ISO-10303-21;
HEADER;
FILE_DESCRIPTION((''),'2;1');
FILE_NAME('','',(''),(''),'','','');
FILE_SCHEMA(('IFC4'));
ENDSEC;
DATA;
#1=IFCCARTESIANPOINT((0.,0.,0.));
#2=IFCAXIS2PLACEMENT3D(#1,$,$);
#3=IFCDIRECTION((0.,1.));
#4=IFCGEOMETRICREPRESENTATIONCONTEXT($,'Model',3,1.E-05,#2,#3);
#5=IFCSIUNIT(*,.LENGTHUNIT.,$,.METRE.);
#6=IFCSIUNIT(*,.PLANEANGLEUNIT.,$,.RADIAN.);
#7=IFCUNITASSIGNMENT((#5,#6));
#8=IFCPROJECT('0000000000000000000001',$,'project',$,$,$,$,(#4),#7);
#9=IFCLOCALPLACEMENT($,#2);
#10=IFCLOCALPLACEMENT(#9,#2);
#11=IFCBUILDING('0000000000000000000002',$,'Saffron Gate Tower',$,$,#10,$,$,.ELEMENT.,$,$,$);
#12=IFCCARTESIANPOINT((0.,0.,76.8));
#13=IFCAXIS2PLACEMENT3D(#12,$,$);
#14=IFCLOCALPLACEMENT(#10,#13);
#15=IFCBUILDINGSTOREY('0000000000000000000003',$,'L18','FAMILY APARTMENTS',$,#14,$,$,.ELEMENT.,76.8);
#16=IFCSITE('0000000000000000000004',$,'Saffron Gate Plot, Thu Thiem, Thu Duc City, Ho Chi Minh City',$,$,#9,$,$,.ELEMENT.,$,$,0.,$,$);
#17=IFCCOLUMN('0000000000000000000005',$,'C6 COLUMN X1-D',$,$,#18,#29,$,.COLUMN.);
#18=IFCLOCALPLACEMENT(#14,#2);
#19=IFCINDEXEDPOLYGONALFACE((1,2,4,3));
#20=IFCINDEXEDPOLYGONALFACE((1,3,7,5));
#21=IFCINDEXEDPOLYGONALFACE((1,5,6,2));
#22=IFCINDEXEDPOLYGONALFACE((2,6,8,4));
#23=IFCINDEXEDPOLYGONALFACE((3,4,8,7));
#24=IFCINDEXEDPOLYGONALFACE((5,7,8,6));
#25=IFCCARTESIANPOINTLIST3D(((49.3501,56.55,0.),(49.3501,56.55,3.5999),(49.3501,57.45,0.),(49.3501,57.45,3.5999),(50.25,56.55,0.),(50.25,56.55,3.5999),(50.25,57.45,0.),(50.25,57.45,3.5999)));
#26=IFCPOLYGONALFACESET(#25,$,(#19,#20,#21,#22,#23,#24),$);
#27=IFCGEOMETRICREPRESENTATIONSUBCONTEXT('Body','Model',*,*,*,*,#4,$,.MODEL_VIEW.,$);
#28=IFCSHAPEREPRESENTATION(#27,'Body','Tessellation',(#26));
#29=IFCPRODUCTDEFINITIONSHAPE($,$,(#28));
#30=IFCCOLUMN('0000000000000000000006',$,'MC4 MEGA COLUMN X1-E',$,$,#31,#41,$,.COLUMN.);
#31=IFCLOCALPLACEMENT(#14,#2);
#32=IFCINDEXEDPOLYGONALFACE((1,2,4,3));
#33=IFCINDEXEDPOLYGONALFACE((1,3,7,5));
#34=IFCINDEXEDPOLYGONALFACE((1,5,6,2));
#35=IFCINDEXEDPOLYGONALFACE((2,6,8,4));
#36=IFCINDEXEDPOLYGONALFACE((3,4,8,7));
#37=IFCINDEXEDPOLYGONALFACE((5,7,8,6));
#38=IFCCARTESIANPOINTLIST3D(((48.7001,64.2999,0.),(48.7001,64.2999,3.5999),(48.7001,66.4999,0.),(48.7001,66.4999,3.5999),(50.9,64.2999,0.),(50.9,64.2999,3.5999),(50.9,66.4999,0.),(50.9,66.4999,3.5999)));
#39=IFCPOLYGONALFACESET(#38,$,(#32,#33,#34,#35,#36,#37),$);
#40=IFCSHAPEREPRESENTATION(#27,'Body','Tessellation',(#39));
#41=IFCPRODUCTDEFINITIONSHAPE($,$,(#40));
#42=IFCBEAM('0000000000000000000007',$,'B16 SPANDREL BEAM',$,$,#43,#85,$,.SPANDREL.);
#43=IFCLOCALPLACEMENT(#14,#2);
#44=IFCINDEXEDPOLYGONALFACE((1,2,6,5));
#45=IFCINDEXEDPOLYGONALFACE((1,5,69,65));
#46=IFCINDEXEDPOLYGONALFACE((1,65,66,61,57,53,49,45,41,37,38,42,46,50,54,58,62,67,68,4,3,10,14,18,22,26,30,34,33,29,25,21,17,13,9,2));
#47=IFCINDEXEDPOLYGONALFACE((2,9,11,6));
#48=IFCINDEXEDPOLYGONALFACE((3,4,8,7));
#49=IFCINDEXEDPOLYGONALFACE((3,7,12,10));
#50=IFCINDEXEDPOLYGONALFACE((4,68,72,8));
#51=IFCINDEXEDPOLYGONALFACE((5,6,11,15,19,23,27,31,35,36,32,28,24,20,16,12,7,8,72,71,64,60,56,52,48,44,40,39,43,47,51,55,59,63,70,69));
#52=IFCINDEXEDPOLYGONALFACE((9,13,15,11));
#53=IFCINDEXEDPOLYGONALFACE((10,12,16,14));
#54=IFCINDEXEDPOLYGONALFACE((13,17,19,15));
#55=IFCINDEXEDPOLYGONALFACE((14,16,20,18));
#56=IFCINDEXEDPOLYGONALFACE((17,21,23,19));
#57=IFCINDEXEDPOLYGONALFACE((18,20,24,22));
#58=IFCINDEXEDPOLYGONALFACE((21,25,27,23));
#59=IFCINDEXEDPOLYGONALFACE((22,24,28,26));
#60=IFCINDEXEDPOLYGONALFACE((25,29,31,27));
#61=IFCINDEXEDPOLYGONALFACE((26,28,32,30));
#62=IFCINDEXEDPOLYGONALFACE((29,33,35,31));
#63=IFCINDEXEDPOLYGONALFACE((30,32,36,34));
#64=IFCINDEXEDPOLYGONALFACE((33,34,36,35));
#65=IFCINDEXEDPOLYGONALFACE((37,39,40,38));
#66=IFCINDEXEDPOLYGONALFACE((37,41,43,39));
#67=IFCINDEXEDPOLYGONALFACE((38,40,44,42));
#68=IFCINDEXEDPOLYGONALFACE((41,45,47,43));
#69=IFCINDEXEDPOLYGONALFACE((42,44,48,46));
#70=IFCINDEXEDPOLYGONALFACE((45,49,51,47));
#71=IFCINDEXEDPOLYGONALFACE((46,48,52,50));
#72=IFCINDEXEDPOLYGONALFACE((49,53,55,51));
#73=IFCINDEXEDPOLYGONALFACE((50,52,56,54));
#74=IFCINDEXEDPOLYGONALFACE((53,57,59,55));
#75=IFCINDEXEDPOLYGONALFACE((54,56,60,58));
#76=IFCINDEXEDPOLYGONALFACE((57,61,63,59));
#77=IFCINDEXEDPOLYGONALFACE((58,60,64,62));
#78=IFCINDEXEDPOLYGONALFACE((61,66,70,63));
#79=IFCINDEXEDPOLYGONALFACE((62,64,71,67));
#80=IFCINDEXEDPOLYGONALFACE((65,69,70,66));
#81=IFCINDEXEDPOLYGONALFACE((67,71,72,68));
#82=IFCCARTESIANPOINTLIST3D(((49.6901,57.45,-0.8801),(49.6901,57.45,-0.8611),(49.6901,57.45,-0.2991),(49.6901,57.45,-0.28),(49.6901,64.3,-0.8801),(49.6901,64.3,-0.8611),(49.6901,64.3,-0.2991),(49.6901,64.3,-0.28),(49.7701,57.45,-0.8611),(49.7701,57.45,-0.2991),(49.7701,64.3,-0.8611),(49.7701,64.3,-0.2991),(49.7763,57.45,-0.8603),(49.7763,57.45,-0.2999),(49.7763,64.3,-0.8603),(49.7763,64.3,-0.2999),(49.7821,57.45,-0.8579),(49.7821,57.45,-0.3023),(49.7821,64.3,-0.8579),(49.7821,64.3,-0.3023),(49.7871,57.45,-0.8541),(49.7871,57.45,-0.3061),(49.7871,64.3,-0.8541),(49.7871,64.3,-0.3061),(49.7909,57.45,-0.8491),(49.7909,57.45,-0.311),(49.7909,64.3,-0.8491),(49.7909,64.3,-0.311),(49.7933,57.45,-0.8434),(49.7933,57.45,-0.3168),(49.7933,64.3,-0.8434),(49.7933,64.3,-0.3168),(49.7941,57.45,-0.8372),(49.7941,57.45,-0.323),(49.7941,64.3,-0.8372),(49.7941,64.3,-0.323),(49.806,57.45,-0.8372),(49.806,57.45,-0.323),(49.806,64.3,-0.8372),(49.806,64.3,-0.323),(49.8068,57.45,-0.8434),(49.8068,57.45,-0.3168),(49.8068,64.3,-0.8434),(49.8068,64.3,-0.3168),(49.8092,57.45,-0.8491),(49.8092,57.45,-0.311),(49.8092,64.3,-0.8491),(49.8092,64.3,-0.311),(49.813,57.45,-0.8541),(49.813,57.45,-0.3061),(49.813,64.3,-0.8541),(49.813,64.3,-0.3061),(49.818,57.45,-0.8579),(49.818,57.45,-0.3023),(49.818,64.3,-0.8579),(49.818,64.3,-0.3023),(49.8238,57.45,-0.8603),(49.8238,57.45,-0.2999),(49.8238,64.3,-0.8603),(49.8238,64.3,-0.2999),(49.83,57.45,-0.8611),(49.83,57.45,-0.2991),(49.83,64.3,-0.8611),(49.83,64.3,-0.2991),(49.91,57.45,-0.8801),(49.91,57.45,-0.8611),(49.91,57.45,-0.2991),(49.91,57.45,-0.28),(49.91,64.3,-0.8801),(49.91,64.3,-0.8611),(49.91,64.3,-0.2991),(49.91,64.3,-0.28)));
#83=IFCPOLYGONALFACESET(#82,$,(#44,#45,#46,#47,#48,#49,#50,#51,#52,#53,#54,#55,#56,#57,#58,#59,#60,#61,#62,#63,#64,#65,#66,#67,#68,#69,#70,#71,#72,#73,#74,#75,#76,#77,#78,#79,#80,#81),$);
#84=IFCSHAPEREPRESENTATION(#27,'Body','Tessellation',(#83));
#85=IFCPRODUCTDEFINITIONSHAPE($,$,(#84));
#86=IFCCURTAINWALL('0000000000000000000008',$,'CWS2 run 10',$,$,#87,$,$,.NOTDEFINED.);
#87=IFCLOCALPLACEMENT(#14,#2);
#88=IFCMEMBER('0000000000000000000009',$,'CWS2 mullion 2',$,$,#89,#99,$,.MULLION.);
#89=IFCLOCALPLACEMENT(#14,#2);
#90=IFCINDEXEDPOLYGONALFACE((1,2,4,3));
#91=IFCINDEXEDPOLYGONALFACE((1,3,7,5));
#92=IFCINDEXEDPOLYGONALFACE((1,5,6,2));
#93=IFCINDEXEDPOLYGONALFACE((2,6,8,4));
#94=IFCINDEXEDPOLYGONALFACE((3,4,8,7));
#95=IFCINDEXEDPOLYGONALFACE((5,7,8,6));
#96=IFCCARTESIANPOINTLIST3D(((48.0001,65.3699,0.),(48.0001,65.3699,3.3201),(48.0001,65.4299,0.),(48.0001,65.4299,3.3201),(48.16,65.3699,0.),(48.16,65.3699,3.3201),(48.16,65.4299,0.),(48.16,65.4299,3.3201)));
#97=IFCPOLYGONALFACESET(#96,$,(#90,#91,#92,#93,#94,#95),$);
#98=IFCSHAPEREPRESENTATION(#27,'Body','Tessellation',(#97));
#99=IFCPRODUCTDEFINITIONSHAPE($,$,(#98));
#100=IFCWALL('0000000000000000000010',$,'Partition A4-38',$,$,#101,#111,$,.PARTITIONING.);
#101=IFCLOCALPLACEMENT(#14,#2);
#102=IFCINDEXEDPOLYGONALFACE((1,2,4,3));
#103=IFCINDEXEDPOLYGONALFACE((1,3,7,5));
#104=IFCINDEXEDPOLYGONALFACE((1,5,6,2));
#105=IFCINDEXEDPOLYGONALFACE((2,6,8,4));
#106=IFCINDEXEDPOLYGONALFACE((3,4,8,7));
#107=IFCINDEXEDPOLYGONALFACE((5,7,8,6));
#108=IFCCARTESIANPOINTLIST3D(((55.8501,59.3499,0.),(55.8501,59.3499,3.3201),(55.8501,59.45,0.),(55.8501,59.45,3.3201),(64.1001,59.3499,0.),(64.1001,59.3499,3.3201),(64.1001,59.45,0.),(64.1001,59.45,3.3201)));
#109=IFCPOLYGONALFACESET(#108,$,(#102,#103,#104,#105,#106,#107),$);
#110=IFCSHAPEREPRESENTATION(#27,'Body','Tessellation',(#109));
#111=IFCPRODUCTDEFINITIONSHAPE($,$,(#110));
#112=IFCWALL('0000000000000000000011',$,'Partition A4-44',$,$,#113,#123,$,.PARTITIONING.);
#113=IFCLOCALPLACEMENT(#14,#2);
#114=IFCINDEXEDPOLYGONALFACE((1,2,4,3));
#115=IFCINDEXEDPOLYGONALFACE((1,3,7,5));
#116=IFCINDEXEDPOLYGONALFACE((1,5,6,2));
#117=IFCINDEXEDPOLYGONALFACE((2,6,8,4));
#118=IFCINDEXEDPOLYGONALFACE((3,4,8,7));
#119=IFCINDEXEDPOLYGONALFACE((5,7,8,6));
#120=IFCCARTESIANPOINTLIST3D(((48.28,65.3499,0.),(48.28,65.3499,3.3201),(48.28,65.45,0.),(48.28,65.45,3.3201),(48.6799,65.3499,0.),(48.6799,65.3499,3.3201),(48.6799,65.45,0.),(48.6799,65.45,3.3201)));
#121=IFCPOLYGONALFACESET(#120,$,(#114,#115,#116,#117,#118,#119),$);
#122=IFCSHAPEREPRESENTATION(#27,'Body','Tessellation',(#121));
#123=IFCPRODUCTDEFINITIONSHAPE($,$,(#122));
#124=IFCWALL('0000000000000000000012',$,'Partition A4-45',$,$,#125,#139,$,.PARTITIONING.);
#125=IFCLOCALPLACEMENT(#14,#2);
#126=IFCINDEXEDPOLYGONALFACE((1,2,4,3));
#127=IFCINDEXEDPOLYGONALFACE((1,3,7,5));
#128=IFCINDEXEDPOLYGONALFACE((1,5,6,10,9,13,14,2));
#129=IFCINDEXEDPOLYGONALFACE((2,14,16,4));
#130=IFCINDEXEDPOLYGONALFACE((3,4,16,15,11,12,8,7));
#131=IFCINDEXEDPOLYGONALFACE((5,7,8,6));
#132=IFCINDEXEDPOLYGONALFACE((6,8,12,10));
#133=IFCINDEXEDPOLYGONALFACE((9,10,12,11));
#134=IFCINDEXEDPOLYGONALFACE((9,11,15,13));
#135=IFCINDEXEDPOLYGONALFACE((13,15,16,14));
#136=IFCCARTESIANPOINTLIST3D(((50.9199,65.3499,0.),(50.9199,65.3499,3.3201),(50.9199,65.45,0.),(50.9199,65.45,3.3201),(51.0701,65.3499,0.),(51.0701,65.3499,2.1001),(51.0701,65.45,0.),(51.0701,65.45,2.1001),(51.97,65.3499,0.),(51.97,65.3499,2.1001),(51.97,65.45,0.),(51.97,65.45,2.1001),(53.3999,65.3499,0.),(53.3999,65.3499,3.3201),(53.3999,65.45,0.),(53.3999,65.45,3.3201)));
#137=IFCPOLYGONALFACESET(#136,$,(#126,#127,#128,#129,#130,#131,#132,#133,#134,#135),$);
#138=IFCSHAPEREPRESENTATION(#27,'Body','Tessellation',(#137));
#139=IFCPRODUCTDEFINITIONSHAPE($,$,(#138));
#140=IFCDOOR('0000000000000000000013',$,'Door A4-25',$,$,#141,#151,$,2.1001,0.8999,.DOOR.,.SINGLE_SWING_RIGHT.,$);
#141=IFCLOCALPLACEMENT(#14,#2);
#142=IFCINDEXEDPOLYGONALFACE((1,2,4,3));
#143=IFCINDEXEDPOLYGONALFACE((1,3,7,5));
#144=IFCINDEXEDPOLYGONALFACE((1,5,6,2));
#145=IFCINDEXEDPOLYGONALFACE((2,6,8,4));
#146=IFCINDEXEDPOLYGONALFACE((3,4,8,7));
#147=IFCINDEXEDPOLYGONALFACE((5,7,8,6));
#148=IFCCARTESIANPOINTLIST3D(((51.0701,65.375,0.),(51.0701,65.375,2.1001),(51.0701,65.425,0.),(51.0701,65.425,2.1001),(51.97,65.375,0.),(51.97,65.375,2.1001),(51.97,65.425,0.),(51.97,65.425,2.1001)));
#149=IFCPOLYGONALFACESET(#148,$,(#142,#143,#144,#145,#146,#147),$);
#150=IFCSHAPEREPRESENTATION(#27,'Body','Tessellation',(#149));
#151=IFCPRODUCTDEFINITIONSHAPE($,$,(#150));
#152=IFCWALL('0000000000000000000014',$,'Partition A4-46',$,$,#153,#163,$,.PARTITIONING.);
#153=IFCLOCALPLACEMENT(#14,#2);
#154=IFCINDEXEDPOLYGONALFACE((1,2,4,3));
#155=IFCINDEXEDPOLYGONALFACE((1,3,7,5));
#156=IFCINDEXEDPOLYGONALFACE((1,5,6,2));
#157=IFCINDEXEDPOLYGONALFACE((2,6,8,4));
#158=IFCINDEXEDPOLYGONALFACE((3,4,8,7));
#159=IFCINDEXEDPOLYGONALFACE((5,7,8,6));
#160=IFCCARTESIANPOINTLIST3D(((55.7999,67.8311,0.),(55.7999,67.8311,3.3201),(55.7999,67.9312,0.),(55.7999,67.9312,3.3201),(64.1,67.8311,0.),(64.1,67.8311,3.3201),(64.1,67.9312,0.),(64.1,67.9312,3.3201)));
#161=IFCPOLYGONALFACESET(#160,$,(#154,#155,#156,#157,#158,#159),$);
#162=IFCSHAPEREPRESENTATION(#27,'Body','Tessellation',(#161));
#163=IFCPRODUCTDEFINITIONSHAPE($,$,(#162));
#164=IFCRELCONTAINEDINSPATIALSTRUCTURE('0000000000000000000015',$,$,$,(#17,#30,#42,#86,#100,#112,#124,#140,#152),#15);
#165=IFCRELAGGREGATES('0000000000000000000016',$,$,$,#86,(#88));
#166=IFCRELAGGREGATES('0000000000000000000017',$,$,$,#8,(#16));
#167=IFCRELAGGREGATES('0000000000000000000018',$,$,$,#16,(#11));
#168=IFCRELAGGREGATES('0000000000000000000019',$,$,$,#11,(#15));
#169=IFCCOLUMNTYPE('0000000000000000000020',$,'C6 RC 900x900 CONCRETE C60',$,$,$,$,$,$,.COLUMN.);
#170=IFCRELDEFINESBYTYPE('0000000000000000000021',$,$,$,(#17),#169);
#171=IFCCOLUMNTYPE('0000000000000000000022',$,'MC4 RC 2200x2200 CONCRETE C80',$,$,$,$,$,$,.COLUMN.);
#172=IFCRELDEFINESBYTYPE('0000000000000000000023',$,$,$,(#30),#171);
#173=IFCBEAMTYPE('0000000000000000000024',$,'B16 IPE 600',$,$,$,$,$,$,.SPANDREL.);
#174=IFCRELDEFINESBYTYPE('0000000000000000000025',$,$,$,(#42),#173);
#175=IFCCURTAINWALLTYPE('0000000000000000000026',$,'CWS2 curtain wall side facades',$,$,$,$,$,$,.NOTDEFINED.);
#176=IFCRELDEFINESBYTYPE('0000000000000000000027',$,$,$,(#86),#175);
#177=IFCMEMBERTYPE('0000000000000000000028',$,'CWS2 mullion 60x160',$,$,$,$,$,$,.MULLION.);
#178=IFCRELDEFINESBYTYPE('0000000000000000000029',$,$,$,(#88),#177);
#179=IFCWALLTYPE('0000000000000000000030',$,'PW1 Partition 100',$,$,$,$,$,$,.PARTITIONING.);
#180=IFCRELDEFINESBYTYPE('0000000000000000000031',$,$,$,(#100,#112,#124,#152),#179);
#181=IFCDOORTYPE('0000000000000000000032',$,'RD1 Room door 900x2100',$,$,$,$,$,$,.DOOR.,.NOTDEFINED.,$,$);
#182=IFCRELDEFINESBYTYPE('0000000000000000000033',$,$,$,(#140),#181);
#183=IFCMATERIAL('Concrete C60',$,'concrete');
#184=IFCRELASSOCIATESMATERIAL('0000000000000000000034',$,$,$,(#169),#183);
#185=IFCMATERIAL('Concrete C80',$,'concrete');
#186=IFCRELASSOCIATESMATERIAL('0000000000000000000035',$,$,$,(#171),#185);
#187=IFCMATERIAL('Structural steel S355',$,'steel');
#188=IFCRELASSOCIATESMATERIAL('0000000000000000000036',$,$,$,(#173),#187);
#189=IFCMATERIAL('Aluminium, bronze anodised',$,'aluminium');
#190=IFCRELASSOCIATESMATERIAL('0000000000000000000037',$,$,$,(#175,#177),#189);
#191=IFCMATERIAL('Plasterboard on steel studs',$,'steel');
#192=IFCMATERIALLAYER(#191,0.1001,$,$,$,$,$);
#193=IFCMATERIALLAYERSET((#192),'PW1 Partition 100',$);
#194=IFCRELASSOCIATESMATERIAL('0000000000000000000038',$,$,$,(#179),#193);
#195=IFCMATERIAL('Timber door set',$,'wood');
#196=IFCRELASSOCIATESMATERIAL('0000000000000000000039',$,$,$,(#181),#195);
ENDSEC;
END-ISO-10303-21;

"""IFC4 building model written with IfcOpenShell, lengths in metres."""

from ifc_helpers import new_model, si_unit, direction, frame, frame_2d, origin, origin_2d, place, context, subcontext, project, spatial, rectangle, i_section, extrude, material, layer, layer_set, material_profile, profile_set, type_object, element, fill, aggregate, save


model = new_model("IFC4")

# Units and contexts
model_context = context("Model", 3, precision=1e-05, world=origin(), true_north=direction((0.0, 1.0)))
body_context = subcontext(model_context, "Body", "Model", "MODEL_VIEW")
ifc_project = project(units=[si_unit("LENGTHUNIT", "METRE"), si_unit("PLANEANGLEUNIT", "RADIAN")], contexts=[model_context])

# Site, building, storey
site_placement = place(None, origin())
site = spatial("IfcSite", under=ifc_project, at=site_placement, Name="Saffron Gate Plot, Thu Thiem, Thu Duc City, Ho Chi Minh City", CompositionType="ELEMENT", RefElevation=0.0)
building_placement = place(site_placement, origin())
building = spatial("IfcBuilding", under=site, at=building_placement, Name="Saffron Gate Tower", CompositionType="ELEMENT")
storey_placement = place(building_placement, frame((0.0, 0.0, 76.8)))
storey = spatial("IfcBuildingStorey", under=building, at=storey_placement, Name="L18", Description="FAMILY APARTMENTS", CompositionType="ELEMENT", Elevation=76.8)

# Columns
ifc_material_1 = material(Name="Concrete C60", Category="concrete")
ifc_material_profile_1 = material_profile(ifc_material_1, rectangle(XDim=0.8999, YDim=0.8999, at=origin_2d()))
ifc_profile_set_1 = profile_set([ifc_material_profile_1], Name="Concrete C60")
column_type_1 = type_object("IfcColumnType", Name="C6 RC 900x900 CONCRETE C60", PredefinedType="COLUMN", material=ifc_profile_set_1)
column_1_placement = place(storey_placement, frame((49.8, 57.0, 0.0), z_axis=(0.0, 0.0, 1.0), x_axis=(1.0, 0.0, 0.0)))
element("IfcColumn", 1, at=column_1_placement, inside=storey, type_object=column_type_1, Name="C6 COLUMN X1-D", PredefinedType="COLUMN", context=body_context, shape_type="SweptSolid", body=[
    extrude(rectangle(XDim=0.8999, YDim=0.8999, at=origin_2d()), origin(), (0.0, 0.0, 1.0), 3.5999),
])
ifc_material_2 = material(Name="Concrete C80", Category="concrete")
ifc_material_profile_2 = material_profile(ifc_material_2, rectangle(XDim=2.2, YDim=2.2, at=origin_2d()))
ifc_profile_set_2 = profile_set([ifc_material_profile_2], Name="Concrete C80")
column_type_2 = type_object("IfcColumnType", Name="MC4 RC 2200x2200 CONCRETE C80", PredefinedType="COLUMN", material=ifc_profile_set_2)
column_2_placement = place(storey_placement, frame((49.8, 65.3999, 0.0), z_axis=(0.0, 0.0, 1.0), x_axis=(1.0, 0.0, 0.0)))
element("IfcColumn", 2, at=column_2_placement, inside=storey, type_object=column_type_2, Name="MC4 MEGA COLUMN X1-E", PredefinedType="COLUMN", context=body_context, shape_type="SweptSolid", body=[
    extrude(rectangle(XDim=2.2, YDim=2.2, at=origin_2d()), origin(), (0.0, 0.0, 1.0), 3.5999),
])

# Beam
ifc_material_3 = material(Name="Structural steel S355", Category="steel")
ifc_material_profile_3 = material_profile(ifc_material_3, i_section(OverallWidth=0.22, OverallDepth=0.6001, WebThickness=0.012, FlangeThickness=0.019, FilletRadius=0.0239, at=origin_2d()))
ifc_profile_set_3 = profile_set([ifc_material_profile_3], Name="Structural steel S355")
beam_type = type_object("IfcBeamType", Name="B16 IPE 600", PredefinedType="SPANDREL", material=ifc_profile_set_3)
beam_placement = place(storey_placement, frame((49.8, 57.45, -0.5801), z_axis=(0.0, 1.0, 0.0), x_axis=(-1.0, 0.0, 0.0)))
element("IfcBeam", 3, at=beam_placement, inside=storey, type_object=beam_type, Name="B16 SPANDREL BEAM", PredefinedType="SPANDREL", context=body_context, shape_type="SweptSolid", body=[
    extrude(i_section(OverallWidth=0.22, OverallDepth=0.6001, WebThickness=0.012, FlangeThickness=0.019, FilletRadius=0.0239, at=origin_2d()), origin(), (0.0, 0.0, 1.0), 6.8501),
])

# Curtain wall, member
ifc_material_4 = material(Name="Aluminium, bronze anodised", Category="aluminium")
curtain_wall_type = type_object("IfcCurtainWallType", Name="CWS2 curtain wall side facades", PredefinedType="NOTDEFINED", material=ifc_material_4)
curtain_wall_placement = place(storey_placement, origin())
curtain_wall = element("IfcCurtainWall", 4, at=curtain_wall_placement, inside=storey, type_object=curtain_wall_type, Name="CWS2 run 10", PredefinedType="NOTDEFINED")
ifc_material_profile_4 = material_profile(ifc_material_4, rectangle(XDim=0.1599, YDim=0.0601, at=origin_2d()))
ifc_profile_set_4 = profile_set([ifc_material_profile_4], Name="Aluminium, bronze anodised")
member_type = type_object("IfcMemberType", Name="CWS2 mullion 60x160", PredefinedType="MULLION", material=ifc_profile_set_4)
member_placement = place(storey_placement, frame((48.0801, 65.3999, 0.0), z_axis=(0.0, 0.0, 1.0), x_axis=(1.0, 0.0, 0.0)))
member = element("IfcMember", 5, at=member_placement, type_object=member_type, Name="CWS2 mullion 2", PredefinedType="MULLION", context=body_context, shape_type="SweptSolid", body=[
    extrude(rectangle(XDim=0.1599, YDim=0.0601, at=origin_2d()), origin(), (0.0, 0.0, 1.0), 3.3201),
])
aggregate(curtain_wall, [member])

# Walls
ifc_material_5 = material(Name="Plasterboard on steel studs", Category="steel")
ifc_layer_1 = layer(ifc_material_5, 0.1001)
ifc_layer_set_1 = layer_set([ifc_layer_1], Name="PW1 Partition 100")
wall_type_1 = type_object("IfcWallType", Name="PW1 Partition 100", PredefinedType="PARTITIONING", material=ifc_layer_set_1)
wall_1_placement = place(storey_placement, frame((55.8501, 59.3999, 0.0), z_axis=(0.0, 0.0, 1.0), x_axis=(1.0, 0.0, 0.0)))
element("IfcWall", 6, at=wall_1_placement, inside=storey, type_object=wall_type_1, Name="Partition A4-38", PredefinedType="PARTITIONING", context=body_context, shape_type="SweptSolid", body=[
    extrude(rectangle(XDim=8.25, YDim=0.1001, at=frame_2d((4.125, 0.0))), origin(), (0.0, 0.0, 1.0), 3.3201),
])
wall_2_placement = place(storey_placement, frame((48.28, 65.3999, 0.0), z_axis=(0.0, 0.0, 1.0), x_axis=(1.0, 0.0, 0.0)))
element("IfcWall", 7, at=wall_2_placement, inside=storey, type_object=wall_type_1, Name="Partition A4-44", PredefinedType="PARTITIONING", context=body_context, shape_type="SweptSolid", body=[
    extrude(rectangle(XDim=0.3999, YDim=0.1001, at=frame_2d((0.2, 0.0))), origin(), (0.0, 0.0, 1.0), 3.3201),
])

# Wall, opening, door
wall_3_placement = place(storey_placement, frame((53.3999, 65.3999, 0.0), z_axis=(0.0, 0.0, 1.0), x_axis=(-1.0, 0.0, 0.0)))
wall_3 = element("IfcWall", 8, at=wall_3_placement, inside=storey, type_object=wall_type_1, Name="Partition A4-45", PredefinedType="PARTITIONING", context=body_context, shape_type="SweptSolid", body=[
    extrude(rectangle(XDim=2.48, YDim=0.1001, at=frame_2d((1.24, 0.0))), origin(), (0.0, 0.0, 1.0), 3.3201),
])
opening_1_placement = place(wall_3_placement, frame((1.4299, 0.0, 0.0)))
opening_1 = element("IfcOpeningElement", 9, at=opening_1_placement, cuts=wall_3, PredefinedType="OPENING", context=body_context, shape_type="SweptSolid", body=[
    extrude(rectangle(XDim=0.8999, YDim=2.1001, at=frame_2d((0.45, 1.05))), frame((0.0, 0.0601, 0.0), z_axis=(0.0, -1.0, 0.0), x_axis=(1.0, 0.0, 0.0)), (0.0, 0.0, 1.0), 0.1201),
])
ifc_material_6 = material(Name="Timber door set", Category="wood")
door_type_1 = type_object("IfcDoorType", Name="RD1 Room door 900x2100", OperationType="NOTDEFINED", PredefinedType="DOOR", material=ifc_material_6)
door_1_placement = place(opening_1_placement, origin())
door_1 = element("IfcDoor", 10, at=door_1_placement, inside=storey, type_object=door_type_1, Name="Door A4-25", OperationType="SINGLE_SWING_RIGHT", OverallHeight=2.1001, OverallWidth=0.8999, PredefinedType="DOOR", context=body_context, shape_type="SweptSolid", body=[
    extrude(rectangle(XDim=0.8999, YDim=2.1001, at=frame_2d((0.45, 1.05))), frame((0.0, 0.0249, 0.0), z_axis=(0.0, -1.0, 0.0), x_axis=(1.0, 0.0, 0.0)), (0.0, 0.0, 1.0), 0.05),
])
fill(opening_1, door_1)

# Wall
wall_4_placement = place(storey_placement, frame((55.8, 67.8811, 0.0), z_axis=(0.0, 0.0, 1.0), x_axis=(1.0, 0.0, 0.0)))
element("IfcWall", 11, at=wall_4_placement, inside=storey, type_object=wall_type_1, Name="Partition A4-46", PredefinedType="PARTITIONING", context=body_context, shape_type="SweptSolid", body=[
    extrude(rectangle(XDim=8.3, YDim=0.1001, at=frame_2d((4.1499, 0.0))), origin(), (0.0, 0.0, 1.0), 3.3201),
])

save(model, "model.ifc")
